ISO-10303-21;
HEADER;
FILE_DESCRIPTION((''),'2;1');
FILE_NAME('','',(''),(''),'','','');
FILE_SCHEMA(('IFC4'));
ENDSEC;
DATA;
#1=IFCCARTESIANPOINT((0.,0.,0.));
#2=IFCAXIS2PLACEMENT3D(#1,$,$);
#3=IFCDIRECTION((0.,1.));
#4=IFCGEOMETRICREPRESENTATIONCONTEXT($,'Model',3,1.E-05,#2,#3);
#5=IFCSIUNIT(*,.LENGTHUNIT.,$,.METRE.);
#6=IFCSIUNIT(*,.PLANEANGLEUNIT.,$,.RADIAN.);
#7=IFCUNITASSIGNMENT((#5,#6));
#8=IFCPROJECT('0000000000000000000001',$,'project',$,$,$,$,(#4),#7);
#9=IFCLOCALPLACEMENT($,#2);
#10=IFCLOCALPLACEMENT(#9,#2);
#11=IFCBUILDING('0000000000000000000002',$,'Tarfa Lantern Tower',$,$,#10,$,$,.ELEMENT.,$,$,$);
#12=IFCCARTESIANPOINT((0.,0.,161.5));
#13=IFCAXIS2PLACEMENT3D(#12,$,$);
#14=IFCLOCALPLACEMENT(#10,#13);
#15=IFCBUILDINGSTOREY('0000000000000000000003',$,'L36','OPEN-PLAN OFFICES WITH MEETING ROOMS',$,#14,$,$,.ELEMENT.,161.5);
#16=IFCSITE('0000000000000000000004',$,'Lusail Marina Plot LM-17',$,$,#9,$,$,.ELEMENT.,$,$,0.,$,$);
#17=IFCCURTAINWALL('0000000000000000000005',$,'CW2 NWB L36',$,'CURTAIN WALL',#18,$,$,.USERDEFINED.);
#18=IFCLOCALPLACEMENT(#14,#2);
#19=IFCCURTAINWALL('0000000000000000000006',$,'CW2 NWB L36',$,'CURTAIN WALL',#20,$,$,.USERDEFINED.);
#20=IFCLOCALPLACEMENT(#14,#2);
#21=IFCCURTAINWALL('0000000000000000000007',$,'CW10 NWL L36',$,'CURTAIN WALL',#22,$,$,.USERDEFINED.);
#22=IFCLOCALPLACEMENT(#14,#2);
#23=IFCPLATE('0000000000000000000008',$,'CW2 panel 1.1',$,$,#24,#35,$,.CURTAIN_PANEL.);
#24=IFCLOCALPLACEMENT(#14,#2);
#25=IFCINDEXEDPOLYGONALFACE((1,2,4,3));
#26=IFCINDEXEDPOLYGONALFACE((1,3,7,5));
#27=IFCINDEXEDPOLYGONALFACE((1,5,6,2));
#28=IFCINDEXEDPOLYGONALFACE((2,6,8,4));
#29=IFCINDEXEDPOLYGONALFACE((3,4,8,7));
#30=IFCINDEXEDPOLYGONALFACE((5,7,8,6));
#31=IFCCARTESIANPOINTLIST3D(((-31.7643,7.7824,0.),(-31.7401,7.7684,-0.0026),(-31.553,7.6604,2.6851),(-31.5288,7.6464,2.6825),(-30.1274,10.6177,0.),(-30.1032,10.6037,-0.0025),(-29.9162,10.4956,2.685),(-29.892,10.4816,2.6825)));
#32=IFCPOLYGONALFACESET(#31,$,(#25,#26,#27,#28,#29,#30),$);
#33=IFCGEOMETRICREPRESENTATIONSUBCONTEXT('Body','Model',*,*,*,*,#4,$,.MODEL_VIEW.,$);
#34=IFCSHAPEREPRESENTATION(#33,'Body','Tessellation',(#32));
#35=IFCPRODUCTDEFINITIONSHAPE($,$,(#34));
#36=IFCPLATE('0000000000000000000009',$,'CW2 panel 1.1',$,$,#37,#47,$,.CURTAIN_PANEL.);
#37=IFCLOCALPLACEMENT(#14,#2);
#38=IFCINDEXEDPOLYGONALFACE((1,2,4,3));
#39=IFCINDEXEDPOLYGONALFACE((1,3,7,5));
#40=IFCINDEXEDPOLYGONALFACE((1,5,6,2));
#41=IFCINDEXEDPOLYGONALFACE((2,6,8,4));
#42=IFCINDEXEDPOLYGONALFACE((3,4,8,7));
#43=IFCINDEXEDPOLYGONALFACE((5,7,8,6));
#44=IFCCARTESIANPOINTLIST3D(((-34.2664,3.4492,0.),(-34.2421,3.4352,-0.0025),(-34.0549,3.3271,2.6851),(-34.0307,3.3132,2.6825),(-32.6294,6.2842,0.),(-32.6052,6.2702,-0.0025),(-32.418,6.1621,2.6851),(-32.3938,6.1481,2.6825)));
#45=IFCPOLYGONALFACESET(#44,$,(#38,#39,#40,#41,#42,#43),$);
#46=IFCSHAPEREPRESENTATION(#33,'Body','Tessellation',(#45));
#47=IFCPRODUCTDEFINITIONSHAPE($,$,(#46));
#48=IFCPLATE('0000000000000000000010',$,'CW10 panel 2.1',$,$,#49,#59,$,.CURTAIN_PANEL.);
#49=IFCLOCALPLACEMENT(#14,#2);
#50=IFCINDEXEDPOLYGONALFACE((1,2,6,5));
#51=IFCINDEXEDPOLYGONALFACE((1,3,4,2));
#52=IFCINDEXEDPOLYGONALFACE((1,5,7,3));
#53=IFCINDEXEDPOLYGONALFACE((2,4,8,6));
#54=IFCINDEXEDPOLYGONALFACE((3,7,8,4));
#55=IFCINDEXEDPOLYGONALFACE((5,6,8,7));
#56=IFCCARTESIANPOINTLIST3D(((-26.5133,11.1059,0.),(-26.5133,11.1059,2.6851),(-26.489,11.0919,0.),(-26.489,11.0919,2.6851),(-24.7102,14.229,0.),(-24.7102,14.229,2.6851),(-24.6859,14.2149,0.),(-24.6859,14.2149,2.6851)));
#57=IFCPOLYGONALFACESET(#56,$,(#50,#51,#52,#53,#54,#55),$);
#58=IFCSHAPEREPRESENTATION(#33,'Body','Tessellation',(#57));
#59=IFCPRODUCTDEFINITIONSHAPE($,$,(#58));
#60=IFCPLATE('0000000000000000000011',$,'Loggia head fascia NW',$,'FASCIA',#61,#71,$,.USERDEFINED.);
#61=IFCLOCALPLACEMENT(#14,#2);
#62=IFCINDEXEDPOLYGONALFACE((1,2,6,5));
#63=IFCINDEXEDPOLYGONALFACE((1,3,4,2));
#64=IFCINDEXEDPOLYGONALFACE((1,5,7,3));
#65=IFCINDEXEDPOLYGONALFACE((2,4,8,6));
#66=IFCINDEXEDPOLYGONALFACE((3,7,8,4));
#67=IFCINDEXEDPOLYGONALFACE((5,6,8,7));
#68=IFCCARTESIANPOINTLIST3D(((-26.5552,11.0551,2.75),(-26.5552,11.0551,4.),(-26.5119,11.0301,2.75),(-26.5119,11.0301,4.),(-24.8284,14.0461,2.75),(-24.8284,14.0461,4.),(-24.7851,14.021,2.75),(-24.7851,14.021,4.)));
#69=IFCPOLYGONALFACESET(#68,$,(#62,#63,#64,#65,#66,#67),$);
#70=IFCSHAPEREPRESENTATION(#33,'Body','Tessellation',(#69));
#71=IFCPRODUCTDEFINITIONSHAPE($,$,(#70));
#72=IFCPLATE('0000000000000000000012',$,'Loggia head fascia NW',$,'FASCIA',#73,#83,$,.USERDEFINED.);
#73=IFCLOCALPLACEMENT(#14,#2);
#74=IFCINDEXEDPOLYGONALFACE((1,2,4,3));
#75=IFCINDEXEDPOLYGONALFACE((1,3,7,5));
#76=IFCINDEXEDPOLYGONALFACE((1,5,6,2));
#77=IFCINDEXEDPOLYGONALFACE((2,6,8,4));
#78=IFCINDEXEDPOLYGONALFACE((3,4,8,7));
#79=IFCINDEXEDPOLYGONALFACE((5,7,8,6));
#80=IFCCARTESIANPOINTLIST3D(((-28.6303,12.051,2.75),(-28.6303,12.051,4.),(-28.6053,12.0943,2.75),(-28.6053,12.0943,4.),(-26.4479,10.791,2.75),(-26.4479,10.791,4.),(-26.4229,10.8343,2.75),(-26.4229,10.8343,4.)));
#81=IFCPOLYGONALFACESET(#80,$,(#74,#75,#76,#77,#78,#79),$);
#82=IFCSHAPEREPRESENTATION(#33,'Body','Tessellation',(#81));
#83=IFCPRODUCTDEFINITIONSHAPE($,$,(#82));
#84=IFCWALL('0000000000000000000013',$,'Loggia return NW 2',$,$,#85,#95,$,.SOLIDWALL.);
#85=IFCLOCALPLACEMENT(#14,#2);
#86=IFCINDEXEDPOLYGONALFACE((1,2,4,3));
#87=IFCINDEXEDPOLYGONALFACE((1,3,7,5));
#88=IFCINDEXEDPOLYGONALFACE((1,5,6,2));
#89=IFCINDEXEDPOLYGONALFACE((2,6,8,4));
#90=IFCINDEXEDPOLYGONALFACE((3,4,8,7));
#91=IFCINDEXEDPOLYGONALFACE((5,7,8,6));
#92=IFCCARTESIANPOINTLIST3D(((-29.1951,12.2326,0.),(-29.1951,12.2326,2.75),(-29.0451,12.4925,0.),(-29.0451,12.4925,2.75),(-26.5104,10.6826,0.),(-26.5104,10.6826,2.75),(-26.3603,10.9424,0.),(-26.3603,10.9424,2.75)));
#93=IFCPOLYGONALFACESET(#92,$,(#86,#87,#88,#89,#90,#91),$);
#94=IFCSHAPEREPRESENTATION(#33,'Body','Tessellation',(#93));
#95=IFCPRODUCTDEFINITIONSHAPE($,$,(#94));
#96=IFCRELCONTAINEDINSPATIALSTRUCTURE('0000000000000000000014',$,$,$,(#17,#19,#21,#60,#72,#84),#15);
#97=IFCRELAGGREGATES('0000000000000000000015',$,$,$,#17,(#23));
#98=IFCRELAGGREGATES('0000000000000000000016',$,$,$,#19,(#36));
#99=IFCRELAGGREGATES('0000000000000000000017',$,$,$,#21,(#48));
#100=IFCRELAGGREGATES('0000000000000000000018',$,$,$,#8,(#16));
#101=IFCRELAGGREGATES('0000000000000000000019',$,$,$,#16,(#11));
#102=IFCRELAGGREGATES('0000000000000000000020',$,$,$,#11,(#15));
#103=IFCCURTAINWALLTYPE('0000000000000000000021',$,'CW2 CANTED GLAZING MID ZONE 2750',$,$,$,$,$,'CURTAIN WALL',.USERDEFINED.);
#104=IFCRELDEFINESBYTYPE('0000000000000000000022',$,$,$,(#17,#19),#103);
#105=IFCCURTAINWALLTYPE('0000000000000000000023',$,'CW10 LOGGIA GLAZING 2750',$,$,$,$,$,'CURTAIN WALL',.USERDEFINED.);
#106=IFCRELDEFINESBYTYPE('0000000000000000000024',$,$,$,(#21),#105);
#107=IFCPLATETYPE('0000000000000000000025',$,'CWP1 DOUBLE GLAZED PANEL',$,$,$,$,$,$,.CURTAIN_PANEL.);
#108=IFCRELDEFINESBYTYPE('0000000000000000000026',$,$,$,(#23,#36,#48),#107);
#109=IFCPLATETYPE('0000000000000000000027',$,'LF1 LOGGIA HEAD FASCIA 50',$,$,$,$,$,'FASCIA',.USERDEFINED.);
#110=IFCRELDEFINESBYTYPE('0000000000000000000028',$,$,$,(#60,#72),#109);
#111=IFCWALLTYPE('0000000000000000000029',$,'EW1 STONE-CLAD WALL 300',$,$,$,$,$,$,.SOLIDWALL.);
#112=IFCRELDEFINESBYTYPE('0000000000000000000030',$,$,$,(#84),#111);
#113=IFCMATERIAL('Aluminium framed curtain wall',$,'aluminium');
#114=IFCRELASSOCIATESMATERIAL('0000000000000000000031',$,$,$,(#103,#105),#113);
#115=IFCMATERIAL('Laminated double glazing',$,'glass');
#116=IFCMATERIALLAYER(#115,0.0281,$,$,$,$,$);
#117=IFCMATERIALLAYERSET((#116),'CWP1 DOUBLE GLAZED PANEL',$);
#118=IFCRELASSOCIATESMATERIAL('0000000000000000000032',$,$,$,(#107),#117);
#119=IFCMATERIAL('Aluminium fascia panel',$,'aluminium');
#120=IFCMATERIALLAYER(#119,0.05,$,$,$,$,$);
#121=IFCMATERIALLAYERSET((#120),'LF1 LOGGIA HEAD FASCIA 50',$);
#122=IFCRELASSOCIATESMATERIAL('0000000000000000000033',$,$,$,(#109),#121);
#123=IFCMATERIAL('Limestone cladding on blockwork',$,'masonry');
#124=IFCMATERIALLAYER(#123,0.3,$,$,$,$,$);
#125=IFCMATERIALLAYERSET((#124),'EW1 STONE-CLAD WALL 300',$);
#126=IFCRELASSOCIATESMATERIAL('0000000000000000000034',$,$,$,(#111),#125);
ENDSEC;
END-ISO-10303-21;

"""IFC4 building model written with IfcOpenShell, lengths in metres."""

from ifc_helpers import new_model, si_unit, direction, frame, frame_2d, origin, origin_2d, place, context, subcontext, project, spatial, polyline, rectangle, outline, extrude, material, layer, layer_set, type_object, element, aggregate, save


model = new_model("IFC4")

# Units and contexts
model_context = context("Model", 3, precision=1e-05, world=origin(), true_north=direction((0.0, 1.0)))
body_context = subcontext(model_context, "Body", "Model", "MODEL_VIEW")
ifc_project = project(units=[si_unit("LENGTHUNIT", "METRE"), si_unit("PLANEANGLEUNIT", "RADIAN")], contexts=[model_context])

# Site, building, storey
site_placement = place(None, origin())
site = spatial("IfcSite", under=ifc_project, at=site_placement, Name="Lusail Marina Plot LM-17", CompositionType="ELEMENT", RefElevation=0.0)
building_placement = place(site_placement, origin())
building = spatial("IfcBuilding", under=site, at=building_placement, Name="Tarfa Lantern Tower", CompositionType="ELEMENT")
storey_placement = place(building_placement, frame((0.0, 0.0, 161.5)))
storey = spatial("IfcBuildingStorey", under=building, at=storey_placement, Name="L36", Description="OPEN-PLAN OFFICES WITH MEETING ROOMS", CompositionType="ELEMENT", Elevation=161.5)

# Curtain walls
ifc_material_1 = material(Name="Aluminium framed curtain wall", Category="aluminium")
curtain_wall_type_1 = type_object("IfcCurtainWallType", Name="CW2 CANTED GLAZING MID ZONE 2750", ElementType="CURTAIN WALL", PredefinedType="USERDEFINED", material=ifc_material_1)
curtain_wall_1_placement = place(storey_placement, origin())
curtain_wall_1 = element("IfcCurtainWall", 1, at=curtain_wall_1_placement, inside=storey, type_object=curtain_wall_type_1, Name="CW2 NWB L36", ObjectType="CURTAIN WALL", PredefinedType="USERDEFINED")
curtain_wall_2_placement = place(storey_placement, origin())
curtain_wall_2 = element("IfcCurtainWall", 2, at=curtain_wall_2_placement, inside=storey, type_object=curtain_wall_type_1, Name="CW2 NWB L36", ObjectType="CURTAIN WALL", PredefinedType="USERDEFINED")

# Curtain wall
curtain_wall_type_2 = type_object("IfcCurtainWallType", Name="CW10 LOGGIA GLAZING 2750", ElementType="CURTAIN WALL", PredefinedType="USERDEFINED", material=ifc_material_1)
curtain_wall_3_placement = place(storey_placement, origin())
curtain_wall_3 = element("IfcCurtainWall", 3, at=curtain_wall_3_placement, inside=storey, type_object=curtain_wall_type_2, Name="CW10 NWL L36", ObjectType="CURTAIN WALL", PredefinedType="USERDEFINED")

# Plates
ifc_material_2 = material(Name="Laminated double glazing", Category="glass")
ifc_layer_1 = layer(ifc_material_2, 0.0281)
ifc_layer_set_1 = layer_set([ifc_layer_1], Name="CWP1 DOUBLE GLAZED PANEL")
plate_type_1 = type_object("IfcPlateType", Name="CWP1 DOUBLE GLAZED PANEL", PredefinedType="CURTAIN_PANEL", material=ifc_layer_set_1)
plate_1_placement = place(storey_placement, frame((-30.1274, 10.6177, 0.0), z_axis=(-0.862479, 0.497933, 0.090511), x_axis=(-0.499985, -0.866034, -0.000003)))
plate_1 = element("IfcPlate", 4, at=plate_1_placement, type_object=plate_type_1, Name="CW2 panel 1.1", PredefinedType="CURTAIN_PANEL", context=body_context, shape_type="SweptSolid", body=[
    extrude(outline(polyline([(0.0, 0.0), (3.2738, 0.0), (3.2738, 2.6961), (0.0001, 2.6961), (0.0, 0.0)])), origin(), (0.0, 0.0, -1.0), 0.0281),
])
aggregate(curtain_wall_1, [plate_1])
plate_2_placement = place(storey_placement, frame((-32.6294, 6.2842, 0.0), z_axis=(-0.862442, 0.497991, 0.09055), x_axis=(-0.500045, -0.865999, 0.0)))
plate_2 = element("IfcPlate", 5, at=plate_2_placement, type_object=plate_type_1, Name="CW2 panel 1.1", PredefinedType="CURTAIN_PANEL", context=body_context, shape_type="SweptSolid", body=[
    extrude(outline(polyline([(0.0, 0.0), (3.2736, 0.0), (3.2736, 2.6961), (0.0, 2.6961), (0.0, 0.0)])), origin(), (0.0, 0.0, -1.0), 0.0281),
])
aggregate(curtain_wall_2, [plate_2])
plate_3_placement = place(storey_placement, frame((-25.5996, 12.6604, 0.0), z_axis=(0.0, 0.0, 1.0), x_axis=(-0.5, -0.866025, 0.0)))
plate_3 = element("IfcPlate", 6, at=plate_3_placement, type_object=plate_type_1, Name="CW10 panel 2.1", PredefinedType="CURTAIN_PANEL", context=body_context, shape_type="SweptSolid", body=[
    extrude(rectangle(XDim=3.6062, YDim=0.0281, at=origin_2d()), origin(), (0.0, 0.0, 1.0), 2.6851),
])
aggregate(curtain_wall_3, [plate_3])

# Plates
ifc_material_3 = material(Name="Aluminium fascia panel", Category="aluminium")
ifc_layer_2 = layer(ifc_material_3, 0.05)
ifc_layer_set_2 = layer_set([ifc_layer_2], Name="LF1 LOGGIA HEAD FASCIA 50")
plate_type_2 = type_object("IfcPlateType", Name="LF1 LOGGIA HEAD FASCIA 50", ElementType="FASCIA", PredefinedType="USERDEFINED", material=ifc_layer_set_2)
plate_4_placement = place(storey_placement, frame((-25.6702, 12.5381, 2.75), z_axis=(0.0, 0.0, 1.0), x_axis=(-0.5, -0.866025, 0.0)))
element("IfcPlate", 7, at=plate_4_placement, inside=storey, type_object=plate_type_2, Name="Loggia head fascia NW", ObjectType="FASCIA", PredefinedType="USERDEFINED", context=body_context, shape_type="SweptSolid", body=[
    extrude(rectangle(XDim=3.4536, YDim=0.05, at=origin_2d()), origin(), (0.0, 0.0, 1.0), 1.25),
])
plate_5_placement = place(storey_placement, frame((-27.5266, 11.4426, 2.75), z_axis=(0.0, 0.0, 1.0), x_axis=(0.866025, -0.5, 0.0)))
element("IfcPlate", 8, at=plate_5_placement, inside=storey, type_object=plate_type_2, Name="Loggia head fascia NW", ObjectType="FASCIA", PredefinedType="USERDEFINED", context=body_context, shape_type="SweptSolid", body=[
    extrude(rectangle(XDim=2.52, YDim=0.05, at=origin_2d()), origin(), (0.0, 0.0, 1.0), 1.25),
])

# Wall
ifc_material_4 = material(Name="Limestone cladding on blockwork", Category="masonry")
ifc_layer_3 = layer(ifc_material_4, 0.3)
ifc_layer_set_3 = layer_set([ifc_layer_3], Name="EW1 STONE-CLAD WALL 300")
wall_type = type_object("IfcWallType", Name="EW1 STONE-CLAD WALL 300", PredefinedType="SOLIDWALL", material=ifc_layer_set_3)
wall_placement = place(storey_placement, frame((-29.1201, 12.3625, 0.0), z_axis=(0.0, 0.0, 1.0), x_axis=(0.86603, -0.499993, 0.0)))
element("IfcWall", 9, at=wall_placement, inside=storey, type_object=wall_type, Name="Loggia return NW 2", PredefinedType="SOLIDWALL", context=body_context, shape_type="SweptSolid", body=[
    extrude(rectangle(XDim=3.1001, YDim=0.3, at=frame_2d((1.55, 0.0))), origin(), (0.0, 0.0, 1.0), 2.75),
])

save(model, "model.ifc")
